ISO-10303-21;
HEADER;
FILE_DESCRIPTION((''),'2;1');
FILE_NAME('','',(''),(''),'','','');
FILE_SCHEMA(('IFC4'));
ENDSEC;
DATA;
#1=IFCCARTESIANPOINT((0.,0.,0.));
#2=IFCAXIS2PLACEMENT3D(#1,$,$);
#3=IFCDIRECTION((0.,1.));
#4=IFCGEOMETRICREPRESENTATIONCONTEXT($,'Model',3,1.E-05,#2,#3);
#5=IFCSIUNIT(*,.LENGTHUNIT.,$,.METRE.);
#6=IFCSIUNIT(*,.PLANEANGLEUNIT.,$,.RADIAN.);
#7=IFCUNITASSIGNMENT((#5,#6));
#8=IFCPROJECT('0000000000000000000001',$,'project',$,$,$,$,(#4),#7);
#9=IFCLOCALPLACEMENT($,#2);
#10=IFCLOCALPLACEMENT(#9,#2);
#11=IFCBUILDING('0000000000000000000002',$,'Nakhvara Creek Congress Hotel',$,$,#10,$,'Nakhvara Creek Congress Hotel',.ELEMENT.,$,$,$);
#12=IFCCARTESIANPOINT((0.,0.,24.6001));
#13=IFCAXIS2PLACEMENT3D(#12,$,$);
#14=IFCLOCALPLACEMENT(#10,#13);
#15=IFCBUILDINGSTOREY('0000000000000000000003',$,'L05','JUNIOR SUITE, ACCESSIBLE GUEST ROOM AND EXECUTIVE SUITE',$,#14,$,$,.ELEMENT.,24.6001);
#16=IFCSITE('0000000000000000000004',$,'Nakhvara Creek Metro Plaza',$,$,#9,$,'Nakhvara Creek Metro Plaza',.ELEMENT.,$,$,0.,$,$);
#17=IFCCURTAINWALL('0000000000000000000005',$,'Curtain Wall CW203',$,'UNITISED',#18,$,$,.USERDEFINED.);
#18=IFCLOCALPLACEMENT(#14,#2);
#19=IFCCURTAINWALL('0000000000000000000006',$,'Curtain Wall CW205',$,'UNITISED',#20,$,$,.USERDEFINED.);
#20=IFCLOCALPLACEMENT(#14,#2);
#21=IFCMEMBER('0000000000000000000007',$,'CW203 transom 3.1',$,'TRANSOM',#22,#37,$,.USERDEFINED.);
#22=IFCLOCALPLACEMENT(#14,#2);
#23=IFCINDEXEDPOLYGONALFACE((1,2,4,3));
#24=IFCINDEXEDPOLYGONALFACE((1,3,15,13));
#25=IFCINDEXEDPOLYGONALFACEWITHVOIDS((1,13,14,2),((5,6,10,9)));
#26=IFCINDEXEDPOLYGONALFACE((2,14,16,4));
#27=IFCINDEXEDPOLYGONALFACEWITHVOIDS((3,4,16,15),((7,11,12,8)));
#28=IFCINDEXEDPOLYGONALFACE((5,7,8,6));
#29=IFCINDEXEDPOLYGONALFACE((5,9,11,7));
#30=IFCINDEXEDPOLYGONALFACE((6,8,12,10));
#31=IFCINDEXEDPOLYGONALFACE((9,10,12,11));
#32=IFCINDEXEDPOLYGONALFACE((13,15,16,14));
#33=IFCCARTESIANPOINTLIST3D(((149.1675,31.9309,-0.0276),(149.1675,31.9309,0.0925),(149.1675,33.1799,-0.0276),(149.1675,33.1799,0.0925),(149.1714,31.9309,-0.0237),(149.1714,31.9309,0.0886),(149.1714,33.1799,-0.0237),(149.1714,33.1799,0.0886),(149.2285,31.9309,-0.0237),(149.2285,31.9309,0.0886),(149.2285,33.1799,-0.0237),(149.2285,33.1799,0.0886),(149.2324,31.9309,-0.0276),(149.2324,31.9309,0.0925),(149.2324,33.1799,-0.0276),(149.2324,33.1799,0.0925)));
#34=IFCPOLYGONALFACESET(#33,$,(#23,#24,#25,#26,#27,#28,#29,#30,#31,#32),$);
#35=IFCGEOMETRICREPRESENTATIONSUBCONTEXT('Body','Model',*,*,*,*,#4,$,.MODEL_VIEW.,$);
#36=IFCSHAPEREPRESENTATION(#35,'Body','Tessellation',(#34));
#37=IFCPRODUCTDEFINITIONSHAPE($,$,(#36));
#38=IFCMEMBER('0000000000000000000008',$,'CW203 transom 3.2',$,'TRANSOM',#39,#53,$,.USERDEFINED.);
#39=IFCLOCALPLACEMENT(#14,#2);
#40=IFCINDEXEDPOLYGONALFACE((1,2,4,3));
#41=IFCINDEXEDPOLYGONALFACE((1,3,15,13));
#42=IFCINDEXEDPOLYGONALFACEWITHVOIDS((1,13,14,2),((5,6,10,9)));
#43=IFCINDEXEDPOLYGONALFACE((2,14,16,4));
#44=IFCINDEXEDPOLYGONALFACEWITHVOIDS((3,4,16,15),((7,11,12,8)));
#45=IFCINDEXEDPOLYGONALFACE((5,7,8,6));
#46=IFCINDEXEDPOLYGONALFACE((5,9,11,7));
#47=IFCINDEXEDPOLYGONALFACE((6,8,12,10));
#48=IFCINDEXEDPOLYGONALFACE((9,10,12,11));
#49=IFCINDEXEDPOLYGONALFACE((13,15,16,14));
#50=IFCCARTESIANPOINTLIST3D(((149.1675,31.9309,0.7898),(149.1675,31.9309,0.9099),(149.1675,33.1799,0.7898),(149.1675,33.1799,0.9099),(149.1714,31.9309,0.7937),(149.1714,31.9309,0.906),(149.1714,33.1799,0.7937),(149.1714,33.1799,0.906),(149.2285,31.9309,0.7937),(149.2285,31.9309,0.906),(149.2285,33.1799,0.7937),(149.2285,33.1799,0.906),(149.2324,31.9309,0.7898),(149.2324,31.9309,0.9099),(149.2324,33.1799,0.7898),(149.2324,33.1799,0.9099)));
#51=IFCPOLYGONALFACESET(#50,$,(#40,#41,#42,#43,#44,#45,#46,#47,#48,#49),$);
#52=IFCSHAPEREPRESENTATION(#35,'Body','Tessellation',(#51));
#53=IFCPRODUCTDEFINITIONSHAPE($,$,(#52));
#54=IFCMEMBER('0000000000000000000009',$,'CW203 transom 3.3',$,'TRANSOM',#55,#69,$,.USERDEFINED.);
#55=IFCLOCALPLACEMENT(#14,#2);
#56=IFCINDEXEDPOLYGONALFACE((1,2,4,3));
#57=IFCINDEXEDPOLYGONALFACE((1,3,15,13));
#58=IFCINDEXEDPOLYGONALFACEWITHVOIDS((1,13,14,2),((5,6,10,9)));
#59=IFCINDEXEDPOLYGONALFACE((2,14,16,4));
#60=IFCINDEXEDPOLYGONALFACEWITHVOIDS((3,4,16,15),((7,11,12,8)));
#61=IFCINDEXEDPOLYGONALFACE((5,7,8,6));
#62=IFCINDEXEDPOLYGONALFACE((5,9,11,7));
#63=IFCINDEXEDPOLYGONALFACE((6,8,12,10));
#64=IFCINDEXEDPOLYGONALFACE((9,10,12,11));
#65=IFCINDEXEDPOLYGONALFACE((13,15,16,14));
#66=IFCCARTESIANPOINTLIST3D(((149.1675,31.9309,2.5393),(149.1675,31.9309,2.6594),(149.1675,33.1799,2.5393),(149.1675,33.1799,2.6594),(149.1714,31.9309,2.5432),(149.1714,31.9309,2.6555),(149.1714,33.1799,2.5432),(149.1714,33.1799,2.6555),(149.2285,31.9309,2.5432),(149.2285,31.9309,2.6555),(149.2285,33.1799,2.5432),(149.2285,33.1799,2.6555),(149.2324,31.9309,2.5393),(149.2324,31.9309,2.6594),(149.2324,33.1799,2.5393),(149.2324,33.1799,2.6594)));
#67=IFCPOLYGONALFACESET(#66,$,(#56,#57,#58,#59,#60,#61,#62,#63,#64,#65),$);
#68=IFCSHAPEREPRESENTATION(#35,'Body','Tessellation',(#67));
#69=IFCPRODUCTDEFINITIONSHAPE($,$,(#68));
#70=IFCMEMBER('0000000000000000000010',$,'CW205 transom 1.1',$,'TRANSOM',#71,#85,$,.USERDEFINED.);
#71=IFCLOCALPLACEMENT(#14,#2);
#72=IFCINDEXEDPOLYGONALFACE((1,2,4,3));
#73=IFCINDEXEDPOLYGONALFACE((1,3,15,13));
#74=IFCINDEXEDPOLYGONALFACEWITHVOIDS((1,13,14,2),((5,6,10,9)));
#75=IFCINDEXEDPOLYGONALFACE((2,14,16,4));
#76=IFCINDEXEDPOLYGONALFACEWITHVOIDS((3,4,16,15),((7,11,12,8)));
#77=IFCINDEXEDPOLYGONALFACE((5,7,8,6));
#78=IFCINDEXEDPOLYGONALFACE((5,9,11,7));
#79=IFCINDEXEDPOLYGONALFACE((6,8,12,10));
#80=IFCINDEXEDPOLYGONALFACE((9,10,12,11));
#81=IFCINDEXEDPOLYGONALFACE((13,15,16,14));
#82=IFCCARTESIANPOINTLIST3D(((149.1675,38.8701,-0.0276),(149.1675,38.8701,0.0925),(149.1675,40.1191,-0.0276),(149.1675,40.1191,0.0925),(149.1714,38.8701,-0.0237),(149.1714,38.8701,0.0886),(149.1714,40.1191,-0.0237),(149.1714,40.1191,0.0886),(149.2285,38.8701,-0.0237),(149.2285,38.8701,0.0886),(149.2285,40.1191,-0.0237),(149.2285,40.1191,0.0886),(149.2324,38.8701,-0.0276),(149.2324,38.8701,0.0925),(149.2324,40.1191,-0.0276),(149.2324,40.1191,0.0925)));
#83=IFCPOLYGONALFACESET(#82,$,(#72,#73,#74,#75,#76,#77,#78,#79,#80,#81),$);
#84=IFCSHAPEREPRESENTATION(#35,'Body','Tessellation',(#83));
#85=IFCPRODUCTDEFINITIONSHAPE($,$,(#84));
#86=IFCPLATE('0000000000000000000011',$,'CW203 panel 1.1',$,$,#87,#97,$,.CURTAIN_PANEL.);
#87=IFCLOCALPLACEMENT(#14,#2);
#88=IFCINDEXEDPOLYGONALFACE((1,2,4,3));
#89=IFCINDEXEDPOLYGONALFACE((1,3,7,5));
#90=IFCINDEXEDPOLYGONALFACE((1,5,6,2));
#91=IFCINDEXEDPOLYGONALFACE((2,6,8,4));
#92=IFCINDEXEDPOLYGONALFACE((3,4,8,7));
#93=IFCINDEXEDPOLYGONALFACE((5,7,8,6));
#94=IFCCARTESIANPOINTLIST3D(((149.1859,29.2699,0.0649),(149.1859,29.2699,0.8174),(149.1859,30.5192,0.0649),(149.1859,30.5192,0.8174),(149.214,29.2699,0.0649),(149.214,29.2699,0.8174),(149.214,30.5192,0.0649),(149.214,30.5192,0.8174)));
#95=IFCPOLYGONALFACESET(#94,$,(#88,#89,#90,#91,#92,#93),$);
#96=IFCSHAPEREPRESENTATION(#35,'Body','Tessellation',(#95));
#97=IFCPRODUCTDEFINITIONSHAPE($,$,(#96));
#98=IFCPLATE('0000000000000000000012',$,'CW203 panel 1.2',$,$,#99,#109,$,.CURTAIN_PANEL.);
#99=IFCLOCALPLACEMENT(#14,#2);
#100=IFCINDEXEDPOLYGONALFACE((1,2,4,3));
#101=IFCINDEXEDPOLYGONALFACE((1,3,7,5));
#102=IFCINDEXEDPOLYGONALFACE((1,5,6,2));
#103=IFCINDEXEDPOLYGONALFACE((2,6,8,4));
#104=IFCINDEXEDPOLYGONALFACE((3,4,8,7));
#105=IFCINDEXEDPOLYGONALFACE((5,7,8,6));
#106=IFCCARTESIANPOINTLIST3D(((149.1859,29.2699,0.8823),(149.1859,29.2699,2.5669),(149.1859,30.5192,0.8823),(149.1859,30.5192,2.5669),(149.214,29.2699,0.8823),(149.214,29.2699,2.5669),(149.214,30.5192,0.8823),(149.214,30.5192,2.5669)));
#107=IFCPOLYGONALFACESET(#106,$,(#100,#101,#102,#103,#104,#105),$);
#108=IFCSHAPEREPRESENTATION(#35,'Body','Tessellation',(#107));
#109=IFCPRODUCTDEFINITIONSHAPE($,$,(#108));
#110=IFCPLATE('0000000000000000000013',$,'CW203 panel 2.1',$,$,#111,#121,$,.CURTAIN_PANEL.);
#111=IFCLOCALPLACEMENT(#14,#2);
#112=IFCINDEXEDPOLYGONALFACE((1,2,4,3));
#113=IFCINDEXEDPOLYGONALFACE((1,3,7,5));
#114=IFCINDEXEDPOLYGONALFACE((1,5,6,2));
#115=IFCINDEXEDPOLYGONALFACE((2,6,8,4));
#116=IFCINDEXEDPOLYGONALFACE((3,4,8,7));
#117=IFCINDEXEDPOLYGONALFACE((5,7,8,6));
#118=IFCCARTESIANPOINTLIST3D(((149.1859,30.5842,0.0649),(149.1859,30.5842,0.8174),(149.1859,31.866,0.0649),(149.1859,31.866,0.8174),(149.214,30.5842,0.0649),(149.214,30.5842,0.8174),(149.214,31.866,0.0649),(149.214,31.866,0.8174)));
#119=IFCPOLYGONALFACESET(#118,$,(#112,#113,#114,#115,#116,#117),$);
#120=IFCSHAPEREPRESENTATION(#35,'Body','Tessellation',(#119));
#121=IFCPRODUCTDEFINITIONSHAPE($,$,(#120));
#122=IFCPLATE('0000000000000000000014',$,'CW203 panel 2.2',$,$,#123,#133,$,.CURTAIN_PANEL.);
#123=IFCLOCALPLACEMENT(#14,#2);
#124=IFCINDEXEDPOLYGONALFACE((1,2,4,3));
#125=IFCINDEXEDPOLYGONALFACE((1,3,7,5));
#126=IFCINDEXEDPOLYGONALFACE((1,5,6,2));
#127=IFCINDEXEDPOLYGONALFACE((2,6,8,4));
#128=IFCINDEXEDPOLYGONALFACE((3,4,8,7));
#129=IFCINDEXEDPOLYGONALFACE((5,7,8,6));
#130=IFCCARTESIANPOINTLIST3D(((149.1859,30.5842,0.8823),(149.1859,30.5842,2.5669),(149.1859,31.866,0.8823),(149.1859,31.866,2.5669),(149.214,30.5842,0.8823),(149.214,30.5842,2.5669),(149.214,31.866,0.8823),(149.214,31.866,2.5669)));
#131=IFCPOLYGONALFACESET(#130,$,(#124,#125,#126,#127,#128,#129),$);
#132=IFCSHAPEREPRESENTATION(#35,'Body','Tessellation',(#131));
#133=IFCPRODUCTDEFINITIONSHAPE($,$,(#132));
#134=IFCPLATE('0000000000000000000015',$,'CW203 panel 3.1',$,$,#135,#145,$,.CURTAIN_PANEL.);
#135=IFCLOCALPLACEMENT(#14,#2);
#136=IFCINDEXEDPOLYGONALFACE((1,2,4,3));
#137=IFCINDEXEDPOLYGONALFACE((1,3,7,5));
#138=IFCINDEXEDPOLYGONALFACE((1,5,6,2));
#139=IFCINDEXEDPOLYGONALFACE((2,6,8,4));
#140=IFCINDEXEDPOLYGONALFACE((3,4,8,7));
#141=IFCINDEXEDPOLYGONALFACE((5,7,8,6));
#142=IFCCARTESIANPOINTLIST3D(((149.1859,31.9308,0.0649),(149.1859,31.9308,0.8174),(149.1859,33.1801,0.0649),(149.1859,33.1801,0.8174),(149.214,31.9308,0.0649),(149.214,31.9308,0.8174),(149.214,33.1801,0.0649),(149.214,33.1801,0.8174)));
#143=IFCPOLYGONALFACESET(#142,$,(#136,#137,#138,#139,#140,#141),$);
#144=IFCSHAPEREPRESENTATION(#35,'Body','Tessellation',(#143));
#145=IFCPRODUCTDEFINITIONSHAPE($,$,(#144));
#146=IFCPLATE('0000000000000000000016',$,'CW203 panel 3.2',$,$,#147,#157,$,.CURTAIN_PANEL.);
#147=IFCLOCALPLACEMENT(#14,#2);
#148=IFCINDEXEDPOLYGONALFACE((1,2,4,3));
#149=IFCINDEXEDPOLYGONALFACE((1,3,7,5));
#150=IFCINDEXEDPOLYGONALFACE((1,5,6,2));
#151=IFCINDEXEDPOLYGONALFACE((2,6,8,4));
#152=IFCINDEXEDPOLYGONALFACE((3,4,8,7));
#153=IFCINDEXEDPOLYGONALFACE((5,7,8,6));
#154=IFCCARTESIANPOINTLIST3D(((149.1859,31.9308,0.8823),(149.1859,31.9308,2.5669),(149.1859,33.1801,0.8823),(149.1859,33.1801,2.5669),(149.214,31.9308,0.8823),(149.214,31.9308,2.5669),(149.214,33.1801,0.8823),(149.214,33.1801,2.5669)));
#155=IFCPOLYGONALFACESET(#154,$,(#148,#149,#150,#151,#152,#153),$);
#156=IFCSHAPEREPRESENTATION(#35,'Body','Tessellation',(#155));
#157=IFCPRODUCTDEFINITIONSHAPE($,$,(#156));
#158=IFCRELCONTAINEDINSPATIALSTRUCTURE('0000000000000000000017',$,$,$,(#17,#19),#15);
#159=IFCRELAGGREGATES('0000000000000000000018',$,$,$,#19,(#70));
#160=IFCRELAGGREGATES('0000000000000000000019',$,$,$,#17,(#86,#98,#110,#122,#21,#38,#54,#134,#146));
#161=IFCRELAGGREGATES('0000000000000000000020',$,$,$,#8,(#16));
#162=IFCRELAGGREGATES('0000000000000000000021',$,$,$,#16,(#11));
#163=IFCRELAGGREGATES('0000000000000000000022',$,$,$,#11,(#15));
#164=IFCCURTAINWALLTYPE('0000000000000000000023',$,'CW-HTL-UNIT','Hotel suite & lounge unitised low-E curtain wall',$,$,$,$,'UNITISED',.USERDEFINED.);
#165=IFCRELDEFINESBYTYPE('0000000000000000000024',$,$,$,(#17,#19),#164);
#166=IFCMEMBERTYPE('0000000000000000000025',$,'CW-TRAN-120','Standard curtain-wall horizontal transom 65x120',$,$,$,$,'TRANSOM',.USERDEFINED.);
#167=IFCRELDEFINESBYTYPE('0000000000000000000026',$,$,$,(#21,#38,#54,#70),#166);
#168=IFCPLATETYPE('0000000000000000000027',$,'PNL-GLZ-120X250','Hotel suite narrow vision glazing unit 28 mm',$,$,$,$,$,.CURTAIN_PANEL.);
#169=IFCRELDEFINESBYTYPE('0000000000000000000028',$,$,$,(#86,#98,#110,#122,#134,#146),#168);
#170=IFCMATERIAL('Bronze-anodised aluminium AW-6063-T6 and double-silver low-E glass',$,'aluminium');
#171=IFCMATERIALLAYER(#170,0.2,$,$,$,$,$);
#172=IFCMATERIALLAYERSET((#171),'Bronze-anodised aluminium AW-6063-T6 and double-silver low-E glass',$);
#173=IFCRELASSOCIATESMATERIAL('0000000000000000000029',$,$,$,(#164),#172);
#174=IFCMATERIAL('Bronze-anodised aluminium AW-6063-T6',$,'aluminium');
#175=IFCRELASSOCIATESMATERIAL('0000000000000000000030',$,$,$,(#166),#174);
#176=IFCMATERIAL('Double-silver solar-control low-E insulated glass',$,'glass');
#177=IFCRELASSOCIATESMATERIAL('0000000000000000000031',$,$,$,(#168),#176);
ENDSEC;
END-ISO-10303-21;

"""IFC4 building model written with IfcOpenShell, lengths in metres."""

from ifc_helpers import new_model, si_unit, direction, frame, origin, origin_2d, place, context, subcontext, project, spatial, rectangle, hollow_rectangle, extrude, material, layer, layer_set, material_profile, profile_set, type_object, element, aggregate, save


model = new_model("IFC4")

# Units and contexts
model_context = context("Model", 3, precision=1e-05, world=origin(), true_north=direction((0.0, 1.0)))
body_context = subcontext(model_context, "Body", "Model", "MODEL_VIEW")
ifc_project = project(units=[si_unit("LENGTHUNIT", "METRE"), si_unit("PLANEANGLEUNIT", "RADIAN")], contexts=[model_context])

# Site, building, storey
site_placement = place(None, origin())
site = spatial("IfcSite", under=ifc_project, at=site_placement, Name="Nakhvara Creek Metro Plaza", LongName="Nakhvara Creek Metro Plaza", CompositionType="ELEMENT", RefElevation=0.0)
building_placement = place(site_placement, origin())
building = spatial("IfcBuilding", under=site, at=building_placement, Name="Nakhvara Creek Congress Hotel", LongName="Nakhvara Creek Congress Hotel", CompositionType="ELEMENT")
storey_placement = place(building_placement, frame((0.0, 0.0, 24.6001)))
storey = spatial("IfcBuildingStorey", under=building, at=storey_placement, Name="L05", Description="JUNIOR SUITE, ACCESSIBLE GUEST ROOM AND EXECUTIVE SUITE", CompositionType="ELEMENT", Elevation=24.6001)

# Curtain wall
ifc_material_1 = material(Name="Bronze-anodised aluminium AW-6063-T6 and double-silver low-E glass", Category="aluminium")
ifc_layer = layer(ifc_material_1, 0.2)
ifc_layer_set = layer_set([ifc_layer], Name="Bronze-anodised aluminium AW-6063-T6 and double-silver low-E glass")
curtain_wall_type = type_object("IfcCurtainWallType", Name="CW-HTL-UNIT", Description="Hotel suite & lounge unitised low-E curtain wall", ElementType="UNITISED", PredefinedType="USERDEFINED", material=ifc_layer_set)
curtain_wall_1_placement = place(storey_placement, origin())
curtain_wall_1 = element("IfcCurtainWall", 1, at=curtain_wall_1_placement, inside=storey, type_object=curtain_wall_type, Name="Curtain Wall CW203", ObjectType="UNITISED", PredefinedType="USERDEFINED")
ifc_material_2 = material(Name="Bronze-anodised aluminium AW-6063-T6", Category="aluminium")

# Curtain wall
curtain_wall_2_placement = place(storey_placement, origin())
curtain_wall_2 = element("IfcCurtainWall", 2, at=curtain_wall_2_placement, inside=storey, type_object=curtain_wall_type, Name="Curtain Wall CW205", ObjectType="UNITISED", PredefinedType="USERDEFINED")

# Members
ifc_material_profile_1 = material_profile(ifc_material_2, hollow_rectangle(XDim=0.0649, YDim=0.1201, WallThickness=0.0039, at=origin_2d()), Name="ALU-TRAN 65x120x4", Category="LoadBearing")
ifc_profile_set_1 = profile_set([ifc_material_profile_1], Name="Bronze-anodised aluminium AW-6063-T6")
member_type_1 = type_object("IfcMemberType", Name="CW-TRAN-120", Description="Standard curtain-wall horizontal transom 65x120", ElementType="TRANSOM", PredefinedType="USERDEFINED", material=ifc_profile_set_1)
member_1_placement = place(storey_placement, frame((149.2, 31.9309, 0.0325), z_axis=(0.0, 1.0, 0.0), x_axis=(-1.0, 0.0, 0.0)))
member_1 = element("IfcMember", 3, at=member_1_placement, type_object=member_type_1, Name="CW203 transom 3.1", ObjectType="TRANSOM", PredefinedType="USERDEFINED", context=body_context, shape_type="SweptSolid", body=[
    extrude(hollow_rectangle(XDim=0.0649, YDim=0.1201, WallThickness=0.0039, at=origin_2d()), origin(), (0.0, 0.0, 1.0), 1.249),
])
member_2_placement = place(storey_placement, frame((149.2, 31.9309, 0.8499), z_axis=(0.0, 1.0, 0.0), x_axis=(-1.0, 0.0, 0.0)))
member_2 = element("IfcMember", 4, at=member_2_placement, type_object=member_type_1, Name="CW203 transom 3.2", ObjectType="TRANSOM", PredefinedType="USERDEFINED", context=body_context, shape_type="SweptSolid", body=[
    extrude(hollow_rectangle(XDim=0.0649, YDim=0.1201, WallThickness=0.0039, at=origin_2d()), origin(), (0.0, 0.0, 1.0), 1.249),
])
member_3_placement = place(storey_placement, frame((149.2, 31.9309, 2.5994), z_axis=(0.0, 1.0, 0.0), x_axis=(-1.0, 0.0, 0.0)))
member_3 = element("IfcMember", 5, at=member_3_placement, type_object=member_type_1, Name="CW203 transom 3.3", ObjectType="TRANSOM", PredefinedType="USERDEFINED", context=body_context, shape_type="SweptSolid", body=[
    extrude(hollow_rectangle(XDim=0.0649, YDim=0.1201, WallThickness=0.0039, at=origin_2d()), origin(), (0.0, 0.0, 1.0), 1.249),
])
member_4_placement = place(storey_placement, frame((149.2, 38.8701, 0.0325), z_axis=(0.0, 1.0, 0.0), x_axis=(-1.0, 0.0, 0.0)))
member_4 = element("IfcMember", 6, at=member_4_placement, type_object=member_type_1, Name="CW205 transom 1.1", ObjectType="TRANSOM", PredefinedType="USERDEFINED", context=body_context, shape_type="SweptSolid", body=[
    extrude(hollow_rectangle(XDim=0.0649, YDim=0.1201, WallThickness=0.0039, at=origin_2d()), origin(), (0.0, 0.0, 1.0), 1.249),
])
aggregate(curtain_wall_2, [member_4])

# Plates
ifc_material_3 = material(Name="Double-silver solar-control low-E insulated glass", Category="glass")
plate_type = type_object("IfcPlateType", Name="PNL-GLZ-120X250", Description="Hotel suite narrow vision glazing unit 28 mm", PredefinedType="CURTAIN_PANEL", material=ifc_material_3)
plate_1_placement = place(storey_placement, frame((149.2, 29.8945, 0.0649), z_axis=(0.0, 0.0, 1.0), x_axis=(0.0, 1.0, 0.0)))
plate_1 = element("IfcPlate", 7, at=plate_1_placement, type_object=plate_type, Name="CW203 panel 1.1", PredefinedType="CURTAIN_PANEL", context=body_context, shape_type="SweptSolid", body=[
    extrude(rectangle(XDim=1.2493, YDim=0.0281, at=origin_2d()), origin(), (0.0, 0.0, 1.0), 0.7524),
])
plate_2_placement = place(storey_placement, frame((149.2, 29.8945, 0.8823), z_axis=(0.0, 0.0, 1.0), x_axis=(0.0, 1.0, 0.0)))
plate_2 = element("IfcPlate", 8, at=plate_2_placement, type_object=plate_type, Name="CW203 panel 1.2", PredefinedType="CURTAIN_PANEL", context=body_context, shape_type="SweptSolid", body=[
    extrude(rectangle(XDim=1.2493, YDim=0.0281, at=origin_2d()), origin(), (0.0, 0.0, 1.0), 1.6846),
])
plate_3_placement = place(storey_placement, frame((149.2, 31.2251, 0.0649), z_axis=(0.0, 0.0, 1.0), x_axis=(0.0, 1.0, 0.0)))
plate_3 = element("IfcPlate", 9, at=plate_3_placement, type_object=plate_type, Name="CW203 panel 2.1", PredefinedType="CURTAIN_PANEL", context=body_context, shape_type="SweptSolid", body=[
    extrude(rectangle(XDim=1.2817, YDim=0.0281, at=origin_2d()), origin(), (0.0, 0.0, 1.0), 0.7524),
])
plate_4_placement = place(storey_placement, frame((149.2, 31.2251, 0.8823), z_axis=(0.0, 0.0, 1.0), x_axis=(0.0, 1.0, 0.0)))
plate_4 = element("IfcPlate", 10, at=plate_4_placement, type_object=plate_type, Name="CW203 panel 2.2", PredefinedType="CURTAIN_PANEL", context=body_context, shape_type="SweptSolid", body=[
    extrude(rectangle(XDim=1.2817, YDim=0.0281, at=origin_2d()), origin(), (0.0, 0.0, 1.0), 1.6846),
])
plate_5_placement = place(storey_placement, frame((149.2, 32.5554, 0.0649), z_axis=(0.0, 0.0, 1.0), x_axis=(0.0, 1.0, 0.0)))
plate_5 = element("IfcPlate", 11, at=plate_5_placement, type_object=plate_type, Name="CW203 panel 3.1", PredefinedType="CURTAIN_PANEL", context=body_context, shape_type="SweptSolid", body=[
    extrude(rectangle(XDim=1.2493, YDim=0.0281, at=origin_2d()), origin(), (0.0, 0.0, 1.0), 0.7524),
])
plate_6_placement = place(storey_placement, frame((149.2, 32.5554, 0.8823), z_axis=(0.0, 0.0, 1.0), x_axis=(0.0, 1.0, 0.0)))
plate_6 = element("IfcPlate", 12, at=plate_6_placement, type_object=plate_type, Name="CW203 panel 3.2", PredefinedType="CURTAIN_PANEL", context=body_context, shape_type="SweptSolid", body=[
    extrude(rectangle(XDim=1.2493, YDim=0.0281, at=origin_2d()), origin(), (0.0, 0.0, 1.0), 1.6846),
])
aggregate(curtain_wall_1, [plate_1, plate_2, plate_3, plate_4, member_1, member_2, member_3, plate_5, plate_6])

save(model, "model.ifc")
